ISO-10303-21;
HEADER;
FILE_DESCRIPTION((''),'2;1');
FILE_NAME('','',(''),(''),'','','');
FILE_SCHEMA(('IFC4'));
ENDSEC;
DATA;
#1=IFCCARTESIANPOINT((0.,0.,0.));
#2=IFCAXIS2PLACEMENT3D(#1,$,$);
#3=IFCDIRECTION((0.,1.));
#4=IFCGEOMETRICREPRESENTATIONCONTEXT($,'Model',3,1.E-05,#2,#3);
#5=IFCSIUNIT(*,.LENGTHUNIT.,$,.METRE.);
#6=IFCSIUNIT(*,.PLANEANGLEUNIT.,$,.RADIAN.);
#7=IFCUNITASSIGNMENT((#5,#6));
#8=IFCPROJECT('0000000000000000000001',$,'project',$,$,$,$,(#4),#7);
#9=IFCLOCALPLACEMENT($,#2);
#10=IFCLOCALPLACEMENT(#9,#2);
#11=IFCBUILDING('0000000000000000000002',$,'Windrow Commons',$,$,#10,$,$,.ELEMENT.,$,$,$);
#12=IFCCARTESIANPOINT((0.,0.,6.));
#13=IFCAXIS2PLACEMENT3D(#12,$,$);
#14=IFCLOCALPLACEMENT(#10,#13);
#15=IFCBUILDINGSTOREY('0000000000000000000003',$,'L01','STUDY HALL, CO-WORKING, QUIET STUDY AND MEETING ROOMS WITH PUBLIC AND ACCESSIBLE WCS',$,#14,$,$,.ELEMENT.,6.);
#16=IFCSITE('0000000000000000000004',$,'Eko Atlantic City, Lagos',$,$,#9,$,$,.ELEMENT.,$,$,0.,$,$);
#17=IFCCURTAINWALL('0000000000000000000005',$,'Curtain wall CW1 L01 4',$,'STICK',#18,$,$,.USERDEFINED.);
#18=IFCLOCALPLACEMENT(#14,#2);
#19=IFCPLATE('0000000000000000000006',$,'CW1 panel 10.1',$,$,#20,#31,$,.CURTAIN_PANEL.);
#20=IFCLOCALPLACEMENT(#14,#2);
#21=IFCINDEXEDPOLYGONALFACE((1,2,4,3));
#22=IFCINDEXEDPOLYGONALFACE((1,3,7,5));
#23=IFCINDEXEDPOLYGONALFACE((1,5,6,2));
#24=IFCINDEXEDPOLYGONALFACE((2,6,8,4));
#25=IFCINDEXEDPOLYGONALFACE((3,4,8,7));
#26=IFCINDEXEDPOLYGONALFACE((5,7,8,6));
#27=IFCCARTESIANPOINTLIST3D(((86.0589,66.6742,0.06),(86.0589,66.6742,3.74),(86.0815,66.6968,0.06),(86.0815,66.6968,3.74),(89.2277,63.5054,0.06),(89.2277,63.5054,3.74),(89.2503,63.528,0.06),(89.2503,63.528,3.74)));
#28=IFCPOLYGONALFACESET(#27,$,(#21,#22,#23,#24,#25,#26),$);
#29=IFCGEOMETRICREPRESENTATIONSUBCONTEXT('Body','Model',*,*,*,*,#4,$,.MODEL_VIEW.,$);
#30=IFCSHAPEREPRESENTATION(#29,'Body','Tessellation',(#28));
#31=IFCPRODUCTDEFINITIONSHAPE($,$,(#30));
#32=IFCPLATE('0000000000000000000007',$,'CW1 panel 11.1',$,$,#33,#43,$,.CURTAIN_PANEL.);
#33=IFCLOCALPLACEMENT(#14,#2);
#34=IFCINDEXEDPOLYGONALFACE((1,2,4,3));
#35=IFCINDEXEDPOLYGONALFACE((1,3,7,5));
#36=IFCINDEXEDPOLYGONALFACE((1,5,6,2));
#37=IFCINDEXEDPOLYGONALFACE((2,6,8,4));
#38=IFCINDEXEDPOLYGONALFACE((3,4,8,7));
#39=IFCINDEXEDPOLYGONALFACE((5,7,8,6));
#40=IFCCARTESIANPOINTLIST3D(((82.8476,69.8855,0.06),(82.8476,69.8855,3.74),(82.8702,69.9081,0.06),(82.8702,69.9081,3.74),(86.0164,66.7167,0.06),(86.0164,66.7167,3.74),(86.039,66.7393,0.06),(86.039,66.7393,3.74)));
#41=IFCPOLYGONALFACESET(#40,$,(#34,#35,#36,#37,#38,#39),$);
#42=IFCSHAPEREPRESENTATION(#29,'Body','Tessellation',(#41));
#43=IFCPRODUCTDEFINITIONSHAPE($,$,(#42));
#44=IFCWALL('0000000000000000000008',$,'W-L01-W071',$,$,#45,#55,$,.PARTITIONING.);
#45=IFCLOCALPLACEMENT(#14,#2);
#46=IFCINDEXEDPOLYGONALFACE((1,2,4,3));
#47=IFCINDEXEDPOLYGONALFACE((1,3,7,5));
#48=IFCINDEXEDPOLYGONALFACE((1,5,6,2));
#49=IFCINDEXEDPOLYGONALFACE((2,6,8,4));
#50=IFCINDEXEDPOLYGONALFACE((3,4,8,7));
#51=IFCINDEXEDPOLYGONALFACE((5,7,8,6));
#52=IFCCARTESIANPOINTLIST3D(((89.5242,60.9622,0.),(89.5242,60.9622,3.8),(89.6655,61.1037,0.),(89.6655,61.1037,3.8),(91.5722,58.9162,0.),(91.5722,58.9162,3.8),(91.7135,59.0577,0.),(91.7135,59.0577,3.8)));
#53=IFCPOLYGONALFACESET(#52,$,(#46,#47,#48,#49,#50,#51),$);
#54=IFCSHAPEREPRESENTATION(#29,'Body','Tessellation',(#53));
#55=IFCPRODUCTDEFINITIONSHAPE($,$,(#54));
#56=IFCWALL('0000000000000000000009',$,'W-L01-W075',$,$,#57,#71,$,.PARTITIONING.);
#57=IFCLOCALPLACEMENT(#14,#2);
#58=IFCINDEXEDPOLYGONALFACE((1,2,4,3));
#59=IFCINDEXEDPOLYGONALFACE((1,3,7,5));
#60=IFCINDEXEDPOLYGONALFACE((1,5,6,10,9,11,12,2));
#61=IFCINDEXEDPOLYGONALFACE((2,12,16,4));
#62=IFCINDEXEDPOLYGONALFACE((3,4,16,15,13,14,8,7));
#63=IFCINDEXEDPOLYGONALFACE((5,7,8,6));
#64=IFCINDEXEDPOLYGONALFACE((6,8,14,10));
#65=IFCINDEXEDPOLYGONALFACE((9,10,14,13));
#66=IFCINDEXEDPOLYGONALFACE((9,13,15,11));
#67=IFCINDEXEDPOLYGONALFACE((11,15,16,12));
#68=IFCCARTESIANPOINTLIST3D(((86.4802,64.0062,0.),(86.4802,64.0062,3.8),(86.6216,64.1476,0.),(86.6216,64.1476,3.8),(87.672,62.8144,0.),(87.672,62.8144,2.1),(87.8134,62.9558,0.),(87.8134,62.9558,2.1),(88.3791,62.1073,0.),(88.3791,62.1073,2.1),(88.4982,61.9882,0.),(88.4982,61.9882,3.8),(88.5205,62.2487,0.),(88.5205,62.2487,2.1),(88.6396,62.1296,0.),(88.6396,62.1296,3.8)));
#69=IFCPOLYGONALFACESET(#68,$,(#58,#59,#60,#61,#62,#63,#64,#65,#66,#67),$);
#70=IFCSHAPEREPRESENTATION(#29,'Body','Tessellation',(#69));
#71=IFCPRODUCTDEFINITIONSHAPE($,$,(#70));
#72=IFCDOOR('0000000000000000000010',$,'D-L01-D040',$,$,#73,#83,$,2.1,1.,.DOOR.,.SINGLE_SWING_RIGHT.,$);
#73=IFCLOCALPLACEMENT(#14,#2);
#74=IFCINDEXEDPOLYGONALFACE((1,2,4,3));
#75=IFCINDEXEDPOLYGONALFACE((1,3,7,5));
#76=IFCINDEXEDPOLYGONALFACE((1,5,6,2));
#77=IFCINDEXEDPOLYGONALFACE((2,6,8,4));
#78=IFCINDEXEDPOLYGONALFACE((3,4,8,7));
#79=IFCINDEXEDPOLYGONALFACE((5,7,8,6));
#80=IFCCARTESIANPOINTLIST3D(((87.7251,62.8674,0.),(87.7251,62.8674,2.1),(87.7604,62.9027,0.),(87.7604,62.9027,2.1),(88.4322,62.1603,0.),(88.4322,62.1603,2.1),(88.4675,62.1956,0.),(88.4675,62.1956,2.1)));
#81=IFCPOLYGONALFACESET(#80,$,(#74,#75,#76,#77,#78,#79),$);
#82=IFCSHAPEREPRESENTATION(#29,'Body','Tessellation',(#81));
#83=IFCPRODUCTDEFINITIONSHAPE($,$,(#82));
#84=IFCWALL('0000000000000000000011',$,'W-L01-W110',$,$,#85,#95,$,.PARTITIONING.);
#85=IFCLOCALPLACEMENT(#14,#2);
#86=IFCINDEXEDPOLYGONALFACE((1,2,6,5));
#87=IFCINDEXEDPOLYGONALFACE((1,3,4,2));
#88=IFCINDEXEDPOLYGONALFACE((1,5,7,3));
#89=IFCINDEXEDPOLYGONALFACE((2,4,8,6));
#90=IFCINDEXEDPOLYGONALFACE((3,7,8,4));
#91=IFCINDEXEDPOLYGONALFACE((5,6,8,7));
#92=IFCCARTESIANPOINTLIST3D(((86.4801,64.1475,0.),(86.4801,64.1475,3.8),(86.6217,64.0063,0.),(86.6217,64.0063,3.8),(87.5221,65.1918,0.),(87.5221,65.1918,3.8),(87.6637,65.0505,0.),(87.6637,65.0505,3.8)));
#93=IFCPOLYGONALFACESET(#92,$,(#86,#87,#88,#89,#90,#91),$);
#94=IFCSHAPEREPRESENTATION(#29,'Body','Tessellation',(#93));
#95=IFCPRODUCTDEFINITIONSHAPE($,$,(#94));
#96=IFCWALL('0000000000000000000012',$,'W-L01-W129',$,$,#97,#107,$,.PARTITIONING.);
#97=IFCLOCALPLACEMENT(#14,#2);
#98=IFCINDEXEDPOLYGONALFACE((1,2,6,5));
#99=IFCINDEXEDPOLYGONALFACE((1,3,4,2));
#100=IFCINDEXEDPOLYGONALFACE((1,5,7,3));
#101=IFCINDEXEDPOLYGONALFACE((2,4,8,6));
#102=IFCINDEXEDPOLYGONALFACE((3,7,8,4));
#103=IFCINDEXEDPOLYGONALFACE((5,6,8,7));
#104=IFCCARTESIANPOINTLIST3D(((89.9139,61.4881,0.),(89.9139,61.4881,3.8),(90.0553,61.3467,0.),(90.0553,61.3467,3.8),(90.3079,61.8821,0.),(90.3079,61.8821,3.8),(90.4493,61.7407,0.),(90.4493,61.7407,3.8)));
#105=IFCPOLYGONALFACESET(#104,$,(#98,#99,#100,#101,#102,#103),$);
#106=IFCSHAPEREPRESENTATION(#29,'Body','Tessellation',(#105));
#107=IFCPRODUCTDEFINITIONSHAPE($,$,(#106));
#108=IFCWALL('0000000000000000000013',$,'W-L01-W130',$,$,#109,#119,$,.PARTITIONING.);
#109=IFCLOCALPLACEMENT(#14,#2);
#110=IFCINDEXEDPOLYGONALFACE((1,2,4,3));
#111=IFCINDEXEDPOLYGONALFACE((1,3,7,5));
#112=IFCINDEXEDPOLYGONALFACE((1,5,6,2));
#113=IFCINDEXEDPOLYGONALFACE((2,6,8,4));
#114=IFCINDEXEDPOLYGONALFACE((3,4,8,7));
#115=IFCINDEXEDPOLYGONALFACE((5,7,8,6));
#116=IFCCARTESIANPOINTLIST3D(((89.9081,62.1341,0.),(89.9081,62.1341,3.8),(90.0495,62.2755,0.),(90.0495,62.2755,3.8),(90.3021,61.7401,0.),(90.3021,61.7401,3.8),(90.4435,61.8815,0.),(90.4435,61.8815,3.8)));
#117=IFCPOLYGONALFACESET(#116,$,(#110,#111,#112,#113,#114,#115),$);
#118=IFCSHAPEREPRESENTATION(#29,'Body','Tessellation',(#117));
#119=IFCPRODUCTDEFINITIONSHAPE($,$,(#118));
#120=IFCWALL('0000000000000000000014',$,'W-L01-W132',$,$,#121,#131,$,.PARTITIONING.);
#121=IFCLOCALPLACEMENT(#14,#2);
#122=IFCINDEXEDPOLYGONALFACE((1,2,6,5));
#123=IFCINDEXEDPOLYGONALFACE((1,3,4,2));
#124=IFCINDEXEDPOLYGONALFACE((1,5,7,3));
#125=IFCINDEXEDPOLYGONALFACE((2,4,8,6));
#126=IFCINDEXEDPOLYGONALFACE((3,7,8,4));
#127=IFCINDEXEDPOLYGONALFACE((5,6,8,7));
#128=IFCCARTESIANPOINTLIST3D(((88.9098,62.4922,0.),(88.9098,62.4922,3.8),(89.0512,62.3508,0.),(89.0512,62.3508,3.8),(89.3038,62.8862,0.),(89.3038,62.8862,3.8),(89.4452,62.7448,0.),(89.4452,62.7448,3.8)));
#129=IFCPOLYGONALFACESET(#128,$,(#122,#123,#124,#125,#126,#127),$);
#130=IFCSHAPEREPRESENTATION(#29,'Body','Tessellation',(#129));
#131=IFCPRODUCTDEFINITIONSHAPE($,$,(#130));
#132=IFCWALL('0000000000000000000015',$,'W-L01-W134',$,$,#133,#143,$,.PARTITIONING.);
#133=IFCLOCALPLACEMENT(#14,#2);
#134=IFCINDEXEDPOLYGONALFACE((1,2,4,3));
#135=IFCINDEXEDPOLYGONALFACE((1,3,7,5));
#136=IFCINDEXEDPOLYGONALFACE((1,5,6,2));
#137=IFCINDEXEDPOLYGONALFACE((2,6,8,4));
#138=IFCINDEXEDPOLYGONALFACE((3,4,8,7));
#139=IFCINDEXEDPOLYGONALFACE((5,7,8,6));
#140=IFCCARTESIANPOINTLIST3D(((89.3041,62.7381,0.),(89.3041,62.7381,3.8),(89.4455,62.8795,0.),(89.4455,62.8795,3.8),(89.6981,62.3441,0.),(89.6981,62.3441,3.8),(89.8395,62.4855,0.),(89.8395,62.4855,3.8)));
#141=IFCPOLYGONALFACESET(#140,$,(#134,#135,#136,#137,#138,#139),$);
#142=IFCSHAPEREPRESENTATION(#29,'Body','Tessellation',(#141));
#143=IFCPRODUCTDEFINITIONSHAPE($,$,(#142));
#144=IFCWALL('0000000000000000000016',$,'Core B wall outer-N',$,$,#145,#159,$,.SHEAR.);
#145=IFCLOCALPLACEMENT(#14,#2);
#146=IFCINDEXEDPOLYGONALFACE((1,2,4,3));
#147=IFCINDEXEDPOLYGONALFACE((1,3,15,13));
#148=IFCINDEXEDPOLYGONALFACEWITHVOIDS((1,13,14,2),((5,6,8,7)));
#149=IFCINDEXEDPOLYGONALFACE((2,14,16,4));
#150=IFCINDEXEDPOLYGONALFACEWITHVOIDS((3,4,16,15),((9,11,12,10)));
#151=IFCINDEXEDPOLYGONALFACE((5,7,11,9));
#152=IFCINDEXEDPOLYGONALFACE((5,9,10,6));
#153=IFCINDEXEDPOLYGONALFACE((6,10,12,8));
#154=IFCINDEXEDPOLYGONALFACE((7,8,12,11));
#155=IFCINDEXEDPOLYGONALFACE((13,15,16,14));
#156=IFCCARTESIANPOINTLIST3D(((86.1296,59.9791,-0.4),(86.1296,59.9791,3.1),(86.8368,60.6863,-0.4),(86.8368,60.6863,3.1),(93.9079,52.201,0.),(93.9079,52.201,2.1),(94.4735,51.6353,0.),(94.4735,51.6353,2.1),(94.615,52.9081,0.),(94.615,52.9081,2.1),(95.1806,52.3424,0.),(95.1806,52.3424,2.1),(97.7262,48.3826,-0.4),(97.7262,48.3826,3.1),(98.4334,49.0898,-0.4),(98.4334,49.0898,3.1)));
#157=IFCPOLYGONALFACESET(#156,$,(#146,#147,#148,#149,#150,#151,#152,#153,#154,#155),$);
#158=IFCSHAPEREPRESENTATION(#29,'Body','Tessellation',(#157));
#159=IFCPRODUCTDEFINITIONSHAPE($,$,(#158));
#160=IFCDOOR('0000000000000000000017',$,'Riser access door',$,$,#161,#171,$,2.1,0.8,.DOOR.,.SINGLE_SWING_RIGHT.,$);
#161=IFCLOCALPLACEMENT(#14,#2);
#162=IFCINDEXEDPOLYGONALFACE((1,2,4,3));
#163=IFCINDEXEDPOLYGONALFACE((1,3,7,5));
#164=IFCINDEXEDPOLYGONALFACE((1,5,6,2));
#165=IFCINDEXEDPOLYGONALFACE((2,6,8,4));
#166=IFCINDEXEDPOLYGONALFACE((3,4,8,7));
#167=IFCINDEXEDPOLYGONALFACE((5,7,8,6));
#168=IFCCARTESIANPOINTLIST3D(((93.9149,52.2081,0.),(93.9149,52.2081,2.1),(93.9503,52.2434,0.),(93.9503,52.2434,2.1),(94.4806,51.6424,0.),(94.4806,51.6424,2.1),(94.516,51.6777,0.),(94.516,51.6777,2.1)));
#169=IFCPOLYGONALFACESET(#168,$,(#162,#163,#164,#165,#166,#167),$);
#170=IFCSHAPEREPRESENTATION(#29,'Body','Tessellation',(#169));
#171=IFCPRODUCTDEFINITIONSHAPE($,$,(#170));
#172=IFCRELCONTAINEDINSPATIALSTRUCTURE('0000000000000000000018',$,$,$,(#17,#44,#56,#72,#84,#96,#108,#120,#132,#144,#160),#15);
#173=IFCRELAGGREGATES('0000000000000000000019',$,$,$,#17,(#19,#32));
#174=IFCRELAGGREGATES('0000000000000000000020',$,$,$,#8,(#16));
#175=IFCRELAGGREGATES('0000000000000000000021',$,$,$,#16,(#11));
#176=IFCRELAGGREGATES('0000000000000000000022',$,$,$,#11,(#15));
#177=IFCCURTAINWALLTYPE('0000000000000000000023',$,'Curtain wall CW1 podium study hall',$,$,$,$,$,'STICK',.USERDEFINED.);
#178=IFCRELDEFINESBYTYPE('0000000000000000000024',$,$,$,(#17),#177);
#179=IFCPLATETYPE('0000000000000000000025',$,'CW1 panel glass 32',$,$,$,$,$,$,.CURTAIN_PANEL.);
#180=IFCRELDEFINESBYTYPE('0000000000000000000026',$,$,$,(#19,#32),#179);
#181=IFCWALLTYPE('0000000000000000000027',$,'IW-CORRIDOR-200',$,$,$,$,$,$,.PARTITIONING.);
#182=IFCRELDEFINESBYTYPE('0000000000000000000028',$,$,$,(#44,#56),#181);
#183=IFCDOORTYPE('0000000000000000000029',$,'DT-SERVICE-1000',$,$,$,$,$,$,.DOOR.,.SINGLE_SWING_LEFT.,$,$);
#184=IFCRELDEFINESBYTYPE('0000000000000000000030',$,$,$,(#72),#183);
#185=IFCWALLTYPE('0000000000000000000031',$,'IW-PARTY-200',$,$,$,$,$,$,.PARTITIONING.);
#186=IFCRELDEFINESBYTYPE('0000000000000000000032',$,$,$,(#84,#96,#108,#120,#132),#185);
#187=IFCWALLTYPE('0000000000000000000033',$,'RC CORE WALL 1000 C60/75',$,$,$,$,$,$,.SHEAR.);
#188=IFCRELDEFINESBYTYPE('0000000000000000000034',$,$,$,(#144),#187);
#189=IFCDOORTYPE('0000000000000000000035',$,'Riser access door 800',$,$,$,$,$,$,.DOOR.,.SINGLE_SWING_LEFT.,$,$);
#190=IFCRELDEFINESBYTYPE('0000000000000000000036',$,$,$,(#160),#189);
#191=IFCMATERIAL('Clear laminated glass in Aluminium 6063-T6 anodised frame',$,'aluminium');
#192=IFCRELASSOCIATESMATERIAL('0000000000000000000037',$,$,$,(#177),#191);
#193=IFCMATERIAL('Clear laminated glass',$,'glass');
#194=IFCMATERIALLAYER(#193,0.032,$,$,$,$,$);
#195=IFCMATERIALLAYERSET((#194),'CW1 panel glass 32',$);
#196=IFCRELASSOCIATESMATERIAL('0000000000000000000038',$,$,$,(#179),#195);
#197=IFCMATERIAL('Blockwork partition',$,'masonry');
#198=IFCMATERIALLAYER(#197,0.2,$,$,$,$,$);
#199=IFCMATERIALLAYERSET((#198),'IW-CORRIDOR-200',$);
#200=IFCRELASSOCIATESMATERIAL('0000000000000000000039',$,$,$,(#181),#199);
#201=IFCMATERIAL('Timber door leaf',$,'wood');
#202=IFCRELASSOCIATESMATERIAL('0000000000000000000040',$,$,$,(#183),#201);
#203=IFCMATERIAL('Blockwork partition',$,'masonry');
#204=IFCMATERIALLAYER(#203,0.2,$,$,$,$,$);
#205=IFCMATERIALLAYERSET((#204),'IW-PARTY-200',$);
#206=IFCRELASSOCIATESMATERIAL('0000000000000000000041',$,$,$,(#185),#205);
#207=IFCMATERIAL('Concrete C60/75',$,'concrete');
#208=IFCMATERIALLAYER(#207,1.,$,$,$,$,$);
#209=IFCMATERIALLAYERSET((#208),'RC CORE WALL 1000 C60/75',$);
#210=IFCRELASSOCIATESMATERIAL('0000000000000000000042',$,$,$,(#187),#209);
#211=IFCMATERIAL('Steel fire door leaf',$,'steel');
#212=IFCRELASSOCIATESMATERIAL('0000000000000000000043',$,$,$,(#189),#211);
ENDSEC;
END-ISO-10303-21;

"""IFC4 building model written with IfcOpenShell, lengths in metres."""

from ifc_helpers import new_model, si_unit, direction, frame, frame_2d, origin, origin_2d, place, context, subcontext, project, spatial, rectangle, extrude, material, layer, layer_set, type_object, element, fill, aggregate, save


model = new_model("IFC4")

# Units and contexts
model_context = context("Model", 3, precision=1e-05, world=origin(), true_north=direction((0.0, 1.0)))
body_context = subcontext(model_context, "Body", "Model", "MODEL_VIEW")
ifc_project = project(units=[si_unit("LENGTHUNIT", "METRE"), si_unit("PLANEANGLEUNIT", "RADIAN")], contexts=[model_context])

# Site, building, storey
site_placement = place(None, origin())
site = spatial("IfcSite", under=ifc_project, at=site_placement, Name="Eko Atlantic City, Lagos", CompositionType="ELEMENT", RefElevation=0.0)
building_placement = place(site_placement, origin())
building = spatial("IfcBuilding", under=site, at=building_placement, Name="Windrow Commons", CompositionType="ELEMENT")
storey_placement = place(building_placement, frame((0.0, 0.0, 6.0)))
storey = spatial("IfcBuildingStorey", under=building, at=storey_placement, Name="L01", Description="STUDY HALL, CO-WORKING, QUIET STUDY AND MEETING ROOMS WITH PUBLIC AND ACCESSIBLE WCS", CompositionType="ELEMENT", Elevation=6.0)

# Curtain wall
ifc_material_1 = material(Name="Clear laminated glass in Aluminium 6063-T6 anodised frame", Category="aluminium")
curtain_wall_type = type_object("IfcCurtainWallType", Name="Curtain wall CW1 podium study hall", ElementType="STICK", PredefinedType="USERDEFINED", material=ifc_material_1)
curtain_wall_placement = place(storey_placement, origin())
curtain_wall = element("IfcCurtainWall", 1, at=curtain_wall_placement, inside=storey, type_object=curtain_wall_type, Name="Curtain wall CW1 L01 4", ObjectType="STICK", PredefinedType="USERDEFINED")

# Plates
ifc_material_2 = material(Name="Clear laminated glass", Category="glass")
ifc_layer_1 = layer(ifc_material_2, 0.032)
ifc_layer_set_1 = layer_set([ifc_layer_1], Name="CW1 panel glass 32")
plate_type = type_object("IfcPlateType", Name="CW1 panel glass 32", PredefinedType="CURTAIN_PANEL", material=ifc_layer_set_1)
plate_1_placement = place(storey_placement, frame((87.6546, 65.1011, 0.06), z_axis=(0.0, 0.0, 1.0), x_axis=(-0.707107, 0.707107, 0.0)))
plate_1 = element("IfcPlate", 2, at=plate_1_placement, type_object=plate_type, Name="CW1 panel 10.1", PredefinedType="CURTAIN_PANEL", context=body_context, shape_type="SweptSolid", body=[
    extrude(rectangle(XDim=4.4814, YDim=0.032, at=origin_2d()), origin(), (0.0, 0.0, 1.0), 3.68),
])
plate_2_placement = place(storey_placement, frame((84.4433, 68.3124, 0.06), z_axis=(0.0, 0.0, 1.0), x_axis=(-0.707107, 0.707107, 0.0)))
plate_2 = element("IfcPlate", 3, at=plate_2_placement, type_object=plate_type, Name="CW1 panel 11.1", PredefinedType="CURTAIN_PANEL", context=body_context, shape_type="SweptSolid", body=[
    extrude(rectangle(XDim=4.4814, YDim=0.032, at=origin_2d()), origin(), (0.0, 0.0, 1.0), 3.68),
])
aggregate(curtain_wall, [plate_1, plate_2])

# Wall
ifc_material_3 = material(Name="Blockwork partition", Category="masonry")
ifc_layer_2 = layer(ifc_material_3, 0.2)
ifc_layer_set_2 = layer_set([ifc_layer_2], Name="IW-CORRIDOR-200")
wall_type_1 = type_object("IfcWallType", Name="IW-CORRIDOR-200", PredefinedType="PARTITIONING", material=ifc_layer_set_2)
wall_1_placement = place(storey_placement, frame((89.5949, 61.0329, 0.0), z_axis=(0.0, 0.0, 1.0), x_axis=(0.707452, -0.706761, 0.0)))
element("IfcWall", 4, at=wall_1_placement, inside=storey, type_object=wall_type_1, Name="W-L01-W071", PredefinedType="PARTITIONING", context=body_context, shape_type="SweptSolid", body=[
    extrude(rectangle(XDim=2.8949, YDim=0.2, at=frame_2d((1.4474, 0.0))), origin(), (0.0, 0.0, 1.0), 3.8),
])

# Wall, opening, door
wall_2_placement = place(storey_placement, frame((86.5509, 64.0769, 0.0), z_axis=(0.0, 0.0, 1.0), x_axis=(0.707107, -0.707107, 0.0)))
wall_2 = element("IfcWall", 5, at=wall_2_placement, inside=storey, type_object=wall_type_1, Name="W-L01-W075", PredefinedType="PARTITIONING", context=body_context, shape_type="SweptSolid", body=[
    extrude(rectangle(XDim=2.8539, YDim=0.2, at=frame_2d((1.4269, 0.0))), origin(), (0.0, 0.0, 1.0), 3.8),
])
opening_1_placement = place(wall_2_placement, frame((1.6855, 0.0, 0.0)))
opening_1 = element("IfcOpeningElement", 6, at=opening_1_placement, cuts=wall_2, PredefinedType="OPENING", context=body_context, shape_type="SweptSolid", body=[
    extrude(rectangle(XDim=1.0, YDim=2.1, at=frame_2d((0.5, 1.05))), frame((0.0, 0.11, 0.0), z_axis=(0.0, -1.0, 0.0), x_axis=(1.0, 0.0, 0.0)), (0.0, 0.0, 1.0), 0.22),
])
ifc_material_4 = material(Name="Timber door leaf", Category="wood")
door_type_1 = type_object("IfcDoorType", Name="DT-SERVICE-1000", OperationType="SINGLE_SWING_LEFT", PredefinedType="DOOR", material=ifc_material_4)
door_1_placement = place(opening_1_placement, origin())
door_1 = element("IfcDoor", 7, at=door_1_placement, inside=storey, type_object=door_type_1, Name="D-L01-D040", OperationType="SINGLE_SWING_RIGHT", OverallHeight=2.1, OverallWidth=1.0, PredefinedType="DOOR", context=body_context, shape_type="SweptSolid", body=[
    extrude(rectangle(XDim=1.0, YDim=2.1, at=frame_2d((0.5, 1.05))), frame((0.0, 0.025, 0.0), z_axis=(0.0, -1.0, 0.0), x_axis=(1.0, 0.0, 0.0)), (0.0, 0.0, 1.0), 0.05),
])
fill(opening_1, door_1)

# Walls
ifc_material_5 = material(Name="Blockwork partition", Category="masonry")
ifc_layer_3 = layer(ifc_material_5, 0.2)
ifc_layer_set_3 = layer_set([ifc_layer_3], Name="IW-PARTY-200")
wall_type_2 = type_object("IfcWallType", Name="IW-PARTY-200", PredefinedType="PARTITIONING", material=ifc_layer_set_3)
wall_3_placement = place(storey_placement, frame((86.5509, 64.0769, 0.0), z_axis=(0.0, 0.0, 1.0), x_axis=(0.706361, 0.707852, 0.0)))
element("IfcWall", 8, at=wall_3_placement, inside=storey, type_object=wall_type_2, Name="W-L01-W110", PredefinedType="PARTITIONING", context=body_context, shape_type="SweptSolid", body=[
    extrude(rectangle(XDim=1.4752, YDim=0.2, at=frame_2d((0.7376, 0.0))), origin(), (0.0, 0.0, 1.0), 3.8),
])
for number, where, z_axis, x_axis, name in (
    (9, (89.9846, 61.4174, 0.0), (0.0, 0.0, 1.0), (0.707107, 0.707107, 0.0), "W-L01-W129"),
    (10, (89.9788, 62.2048, 0.0), (0.0, 0.0, 1.0), (0.707107, -0.707107, 0.0), "W-L01-W130"),
    (11, (88.9805, 62.4215, 0.0), (0.0, 0.0, 1.0), (0.707107, 0.707107, 0.0), "W-L01-W132"),
    (12, (89.3748, 62.8088, 0.0), (0.0, 0.0, 1.0), (0.707107, -0.707107, 0.0), "W-L01-W134"),
):
    element("IfcWall", number, at=place(storey_placement, frame(where, z_axis=z_axis, x_axis=x_axis)), inside=storey, type_object=wall_type_2, Name=name, PredefinedType="PARTITIONING", context=body_context, shape_type="SweptSolid", body=[
        extrude(rectangle(XDim=0.5572, YDim=0.2, at=frame_2d((0.2786, 0.0))), origin(), (0.0, 0.0, 1.0), 3.8),
    ])

# Wall, opening, door
ifc_material_6 = material(Name="Concrete C60/75", Category="concrete")
ifc_layer_4 = layer(ifc_material_6, 1.0)
ifc_layer_set_4 = layer_set([ifc_layer_4], Name="RC CORE WALL 1000 C60/75")
wall_type_3 = type_object("IfcWallType", Name="RC CORE WALL 1000 C60/75", PredefinedType="SHEAR", material=ifc_layer_set_4)
wall_4_placement = place(storey_placement, frame((86.4832, 60.3327, -0.4), z_axis=(0.0, 0.0, 1.0), x_axis=(0.70711, -0.707104, 0.0)))
wall_4 = element("IfcWall", 13, at=wall_4_placement, inside=storey, type_object=wall_type_3, Name="Core B wall outer-N", PredefinedType="SHEAR", context=body_context, shape_type="SweptSolid", body=[
    extrude(rectangle(XDim=16.4, YDim=1.0, at=frame_2d((8.2, 0.0))), origin(), (0.0, 0.0, 1.0), 3.5),
])
opening_2_placement = place(wall_4_placement, frame((11.0, 0.0, 0.4)))
opening_2 = element("IfcOpeningElement", 14, at=opening_2_placement, cuts=wall_4, PredefinedType="OPENING", context=body_context, shape_type="SweptSolid", body=[
    extrude(rectangle(XDim=0.8, YDim=2.1, at=frame_2d((0.4, 1.05))), frame((0.0, 0.51, 0.0), z_axis=(0.0, -1.0, 0.0), x_axis=(1.0, 0.0, 0.0)), (0.0, 0.0, 1.0), 1.02),
])
ifc_material_7 = material(Name="Steel fire door leaf", Category="steel")
door_type_2 = type_object("IfcDoorType", Name="Riser access door 800", OperationType="SINGLE_SWING_LEFT", PredefinedType="DOOR", material=ifc_material_7)
door_2_placement = place(opening_2_placement, origin())
door_2 = element("IfcDoor", 15, at=door_2_placement, inside=storey, type_object=door_type_2, Name="Riser access door", OperationType="SINGLE_SWING_RIGHT", OverallHeight=2.1, OverallWidth=0.8, PredefinedType="DOOR", context=body_context, shape_type="SweptSolid", body=[
    extrude(rectangle(XDim=0.8, YDim=2.1, at=frame_2d((0.4, 1.05))), frame((0.0, -0.44, 0.0), z_axis=(0.0, -1.0, 0.0), x_axis=(1.0, 0.0, 0.0)), (0.0, 0.0, 1.0), 0.05),
])
fill(opening_2, door_2)

save(model, "model.ifc")
